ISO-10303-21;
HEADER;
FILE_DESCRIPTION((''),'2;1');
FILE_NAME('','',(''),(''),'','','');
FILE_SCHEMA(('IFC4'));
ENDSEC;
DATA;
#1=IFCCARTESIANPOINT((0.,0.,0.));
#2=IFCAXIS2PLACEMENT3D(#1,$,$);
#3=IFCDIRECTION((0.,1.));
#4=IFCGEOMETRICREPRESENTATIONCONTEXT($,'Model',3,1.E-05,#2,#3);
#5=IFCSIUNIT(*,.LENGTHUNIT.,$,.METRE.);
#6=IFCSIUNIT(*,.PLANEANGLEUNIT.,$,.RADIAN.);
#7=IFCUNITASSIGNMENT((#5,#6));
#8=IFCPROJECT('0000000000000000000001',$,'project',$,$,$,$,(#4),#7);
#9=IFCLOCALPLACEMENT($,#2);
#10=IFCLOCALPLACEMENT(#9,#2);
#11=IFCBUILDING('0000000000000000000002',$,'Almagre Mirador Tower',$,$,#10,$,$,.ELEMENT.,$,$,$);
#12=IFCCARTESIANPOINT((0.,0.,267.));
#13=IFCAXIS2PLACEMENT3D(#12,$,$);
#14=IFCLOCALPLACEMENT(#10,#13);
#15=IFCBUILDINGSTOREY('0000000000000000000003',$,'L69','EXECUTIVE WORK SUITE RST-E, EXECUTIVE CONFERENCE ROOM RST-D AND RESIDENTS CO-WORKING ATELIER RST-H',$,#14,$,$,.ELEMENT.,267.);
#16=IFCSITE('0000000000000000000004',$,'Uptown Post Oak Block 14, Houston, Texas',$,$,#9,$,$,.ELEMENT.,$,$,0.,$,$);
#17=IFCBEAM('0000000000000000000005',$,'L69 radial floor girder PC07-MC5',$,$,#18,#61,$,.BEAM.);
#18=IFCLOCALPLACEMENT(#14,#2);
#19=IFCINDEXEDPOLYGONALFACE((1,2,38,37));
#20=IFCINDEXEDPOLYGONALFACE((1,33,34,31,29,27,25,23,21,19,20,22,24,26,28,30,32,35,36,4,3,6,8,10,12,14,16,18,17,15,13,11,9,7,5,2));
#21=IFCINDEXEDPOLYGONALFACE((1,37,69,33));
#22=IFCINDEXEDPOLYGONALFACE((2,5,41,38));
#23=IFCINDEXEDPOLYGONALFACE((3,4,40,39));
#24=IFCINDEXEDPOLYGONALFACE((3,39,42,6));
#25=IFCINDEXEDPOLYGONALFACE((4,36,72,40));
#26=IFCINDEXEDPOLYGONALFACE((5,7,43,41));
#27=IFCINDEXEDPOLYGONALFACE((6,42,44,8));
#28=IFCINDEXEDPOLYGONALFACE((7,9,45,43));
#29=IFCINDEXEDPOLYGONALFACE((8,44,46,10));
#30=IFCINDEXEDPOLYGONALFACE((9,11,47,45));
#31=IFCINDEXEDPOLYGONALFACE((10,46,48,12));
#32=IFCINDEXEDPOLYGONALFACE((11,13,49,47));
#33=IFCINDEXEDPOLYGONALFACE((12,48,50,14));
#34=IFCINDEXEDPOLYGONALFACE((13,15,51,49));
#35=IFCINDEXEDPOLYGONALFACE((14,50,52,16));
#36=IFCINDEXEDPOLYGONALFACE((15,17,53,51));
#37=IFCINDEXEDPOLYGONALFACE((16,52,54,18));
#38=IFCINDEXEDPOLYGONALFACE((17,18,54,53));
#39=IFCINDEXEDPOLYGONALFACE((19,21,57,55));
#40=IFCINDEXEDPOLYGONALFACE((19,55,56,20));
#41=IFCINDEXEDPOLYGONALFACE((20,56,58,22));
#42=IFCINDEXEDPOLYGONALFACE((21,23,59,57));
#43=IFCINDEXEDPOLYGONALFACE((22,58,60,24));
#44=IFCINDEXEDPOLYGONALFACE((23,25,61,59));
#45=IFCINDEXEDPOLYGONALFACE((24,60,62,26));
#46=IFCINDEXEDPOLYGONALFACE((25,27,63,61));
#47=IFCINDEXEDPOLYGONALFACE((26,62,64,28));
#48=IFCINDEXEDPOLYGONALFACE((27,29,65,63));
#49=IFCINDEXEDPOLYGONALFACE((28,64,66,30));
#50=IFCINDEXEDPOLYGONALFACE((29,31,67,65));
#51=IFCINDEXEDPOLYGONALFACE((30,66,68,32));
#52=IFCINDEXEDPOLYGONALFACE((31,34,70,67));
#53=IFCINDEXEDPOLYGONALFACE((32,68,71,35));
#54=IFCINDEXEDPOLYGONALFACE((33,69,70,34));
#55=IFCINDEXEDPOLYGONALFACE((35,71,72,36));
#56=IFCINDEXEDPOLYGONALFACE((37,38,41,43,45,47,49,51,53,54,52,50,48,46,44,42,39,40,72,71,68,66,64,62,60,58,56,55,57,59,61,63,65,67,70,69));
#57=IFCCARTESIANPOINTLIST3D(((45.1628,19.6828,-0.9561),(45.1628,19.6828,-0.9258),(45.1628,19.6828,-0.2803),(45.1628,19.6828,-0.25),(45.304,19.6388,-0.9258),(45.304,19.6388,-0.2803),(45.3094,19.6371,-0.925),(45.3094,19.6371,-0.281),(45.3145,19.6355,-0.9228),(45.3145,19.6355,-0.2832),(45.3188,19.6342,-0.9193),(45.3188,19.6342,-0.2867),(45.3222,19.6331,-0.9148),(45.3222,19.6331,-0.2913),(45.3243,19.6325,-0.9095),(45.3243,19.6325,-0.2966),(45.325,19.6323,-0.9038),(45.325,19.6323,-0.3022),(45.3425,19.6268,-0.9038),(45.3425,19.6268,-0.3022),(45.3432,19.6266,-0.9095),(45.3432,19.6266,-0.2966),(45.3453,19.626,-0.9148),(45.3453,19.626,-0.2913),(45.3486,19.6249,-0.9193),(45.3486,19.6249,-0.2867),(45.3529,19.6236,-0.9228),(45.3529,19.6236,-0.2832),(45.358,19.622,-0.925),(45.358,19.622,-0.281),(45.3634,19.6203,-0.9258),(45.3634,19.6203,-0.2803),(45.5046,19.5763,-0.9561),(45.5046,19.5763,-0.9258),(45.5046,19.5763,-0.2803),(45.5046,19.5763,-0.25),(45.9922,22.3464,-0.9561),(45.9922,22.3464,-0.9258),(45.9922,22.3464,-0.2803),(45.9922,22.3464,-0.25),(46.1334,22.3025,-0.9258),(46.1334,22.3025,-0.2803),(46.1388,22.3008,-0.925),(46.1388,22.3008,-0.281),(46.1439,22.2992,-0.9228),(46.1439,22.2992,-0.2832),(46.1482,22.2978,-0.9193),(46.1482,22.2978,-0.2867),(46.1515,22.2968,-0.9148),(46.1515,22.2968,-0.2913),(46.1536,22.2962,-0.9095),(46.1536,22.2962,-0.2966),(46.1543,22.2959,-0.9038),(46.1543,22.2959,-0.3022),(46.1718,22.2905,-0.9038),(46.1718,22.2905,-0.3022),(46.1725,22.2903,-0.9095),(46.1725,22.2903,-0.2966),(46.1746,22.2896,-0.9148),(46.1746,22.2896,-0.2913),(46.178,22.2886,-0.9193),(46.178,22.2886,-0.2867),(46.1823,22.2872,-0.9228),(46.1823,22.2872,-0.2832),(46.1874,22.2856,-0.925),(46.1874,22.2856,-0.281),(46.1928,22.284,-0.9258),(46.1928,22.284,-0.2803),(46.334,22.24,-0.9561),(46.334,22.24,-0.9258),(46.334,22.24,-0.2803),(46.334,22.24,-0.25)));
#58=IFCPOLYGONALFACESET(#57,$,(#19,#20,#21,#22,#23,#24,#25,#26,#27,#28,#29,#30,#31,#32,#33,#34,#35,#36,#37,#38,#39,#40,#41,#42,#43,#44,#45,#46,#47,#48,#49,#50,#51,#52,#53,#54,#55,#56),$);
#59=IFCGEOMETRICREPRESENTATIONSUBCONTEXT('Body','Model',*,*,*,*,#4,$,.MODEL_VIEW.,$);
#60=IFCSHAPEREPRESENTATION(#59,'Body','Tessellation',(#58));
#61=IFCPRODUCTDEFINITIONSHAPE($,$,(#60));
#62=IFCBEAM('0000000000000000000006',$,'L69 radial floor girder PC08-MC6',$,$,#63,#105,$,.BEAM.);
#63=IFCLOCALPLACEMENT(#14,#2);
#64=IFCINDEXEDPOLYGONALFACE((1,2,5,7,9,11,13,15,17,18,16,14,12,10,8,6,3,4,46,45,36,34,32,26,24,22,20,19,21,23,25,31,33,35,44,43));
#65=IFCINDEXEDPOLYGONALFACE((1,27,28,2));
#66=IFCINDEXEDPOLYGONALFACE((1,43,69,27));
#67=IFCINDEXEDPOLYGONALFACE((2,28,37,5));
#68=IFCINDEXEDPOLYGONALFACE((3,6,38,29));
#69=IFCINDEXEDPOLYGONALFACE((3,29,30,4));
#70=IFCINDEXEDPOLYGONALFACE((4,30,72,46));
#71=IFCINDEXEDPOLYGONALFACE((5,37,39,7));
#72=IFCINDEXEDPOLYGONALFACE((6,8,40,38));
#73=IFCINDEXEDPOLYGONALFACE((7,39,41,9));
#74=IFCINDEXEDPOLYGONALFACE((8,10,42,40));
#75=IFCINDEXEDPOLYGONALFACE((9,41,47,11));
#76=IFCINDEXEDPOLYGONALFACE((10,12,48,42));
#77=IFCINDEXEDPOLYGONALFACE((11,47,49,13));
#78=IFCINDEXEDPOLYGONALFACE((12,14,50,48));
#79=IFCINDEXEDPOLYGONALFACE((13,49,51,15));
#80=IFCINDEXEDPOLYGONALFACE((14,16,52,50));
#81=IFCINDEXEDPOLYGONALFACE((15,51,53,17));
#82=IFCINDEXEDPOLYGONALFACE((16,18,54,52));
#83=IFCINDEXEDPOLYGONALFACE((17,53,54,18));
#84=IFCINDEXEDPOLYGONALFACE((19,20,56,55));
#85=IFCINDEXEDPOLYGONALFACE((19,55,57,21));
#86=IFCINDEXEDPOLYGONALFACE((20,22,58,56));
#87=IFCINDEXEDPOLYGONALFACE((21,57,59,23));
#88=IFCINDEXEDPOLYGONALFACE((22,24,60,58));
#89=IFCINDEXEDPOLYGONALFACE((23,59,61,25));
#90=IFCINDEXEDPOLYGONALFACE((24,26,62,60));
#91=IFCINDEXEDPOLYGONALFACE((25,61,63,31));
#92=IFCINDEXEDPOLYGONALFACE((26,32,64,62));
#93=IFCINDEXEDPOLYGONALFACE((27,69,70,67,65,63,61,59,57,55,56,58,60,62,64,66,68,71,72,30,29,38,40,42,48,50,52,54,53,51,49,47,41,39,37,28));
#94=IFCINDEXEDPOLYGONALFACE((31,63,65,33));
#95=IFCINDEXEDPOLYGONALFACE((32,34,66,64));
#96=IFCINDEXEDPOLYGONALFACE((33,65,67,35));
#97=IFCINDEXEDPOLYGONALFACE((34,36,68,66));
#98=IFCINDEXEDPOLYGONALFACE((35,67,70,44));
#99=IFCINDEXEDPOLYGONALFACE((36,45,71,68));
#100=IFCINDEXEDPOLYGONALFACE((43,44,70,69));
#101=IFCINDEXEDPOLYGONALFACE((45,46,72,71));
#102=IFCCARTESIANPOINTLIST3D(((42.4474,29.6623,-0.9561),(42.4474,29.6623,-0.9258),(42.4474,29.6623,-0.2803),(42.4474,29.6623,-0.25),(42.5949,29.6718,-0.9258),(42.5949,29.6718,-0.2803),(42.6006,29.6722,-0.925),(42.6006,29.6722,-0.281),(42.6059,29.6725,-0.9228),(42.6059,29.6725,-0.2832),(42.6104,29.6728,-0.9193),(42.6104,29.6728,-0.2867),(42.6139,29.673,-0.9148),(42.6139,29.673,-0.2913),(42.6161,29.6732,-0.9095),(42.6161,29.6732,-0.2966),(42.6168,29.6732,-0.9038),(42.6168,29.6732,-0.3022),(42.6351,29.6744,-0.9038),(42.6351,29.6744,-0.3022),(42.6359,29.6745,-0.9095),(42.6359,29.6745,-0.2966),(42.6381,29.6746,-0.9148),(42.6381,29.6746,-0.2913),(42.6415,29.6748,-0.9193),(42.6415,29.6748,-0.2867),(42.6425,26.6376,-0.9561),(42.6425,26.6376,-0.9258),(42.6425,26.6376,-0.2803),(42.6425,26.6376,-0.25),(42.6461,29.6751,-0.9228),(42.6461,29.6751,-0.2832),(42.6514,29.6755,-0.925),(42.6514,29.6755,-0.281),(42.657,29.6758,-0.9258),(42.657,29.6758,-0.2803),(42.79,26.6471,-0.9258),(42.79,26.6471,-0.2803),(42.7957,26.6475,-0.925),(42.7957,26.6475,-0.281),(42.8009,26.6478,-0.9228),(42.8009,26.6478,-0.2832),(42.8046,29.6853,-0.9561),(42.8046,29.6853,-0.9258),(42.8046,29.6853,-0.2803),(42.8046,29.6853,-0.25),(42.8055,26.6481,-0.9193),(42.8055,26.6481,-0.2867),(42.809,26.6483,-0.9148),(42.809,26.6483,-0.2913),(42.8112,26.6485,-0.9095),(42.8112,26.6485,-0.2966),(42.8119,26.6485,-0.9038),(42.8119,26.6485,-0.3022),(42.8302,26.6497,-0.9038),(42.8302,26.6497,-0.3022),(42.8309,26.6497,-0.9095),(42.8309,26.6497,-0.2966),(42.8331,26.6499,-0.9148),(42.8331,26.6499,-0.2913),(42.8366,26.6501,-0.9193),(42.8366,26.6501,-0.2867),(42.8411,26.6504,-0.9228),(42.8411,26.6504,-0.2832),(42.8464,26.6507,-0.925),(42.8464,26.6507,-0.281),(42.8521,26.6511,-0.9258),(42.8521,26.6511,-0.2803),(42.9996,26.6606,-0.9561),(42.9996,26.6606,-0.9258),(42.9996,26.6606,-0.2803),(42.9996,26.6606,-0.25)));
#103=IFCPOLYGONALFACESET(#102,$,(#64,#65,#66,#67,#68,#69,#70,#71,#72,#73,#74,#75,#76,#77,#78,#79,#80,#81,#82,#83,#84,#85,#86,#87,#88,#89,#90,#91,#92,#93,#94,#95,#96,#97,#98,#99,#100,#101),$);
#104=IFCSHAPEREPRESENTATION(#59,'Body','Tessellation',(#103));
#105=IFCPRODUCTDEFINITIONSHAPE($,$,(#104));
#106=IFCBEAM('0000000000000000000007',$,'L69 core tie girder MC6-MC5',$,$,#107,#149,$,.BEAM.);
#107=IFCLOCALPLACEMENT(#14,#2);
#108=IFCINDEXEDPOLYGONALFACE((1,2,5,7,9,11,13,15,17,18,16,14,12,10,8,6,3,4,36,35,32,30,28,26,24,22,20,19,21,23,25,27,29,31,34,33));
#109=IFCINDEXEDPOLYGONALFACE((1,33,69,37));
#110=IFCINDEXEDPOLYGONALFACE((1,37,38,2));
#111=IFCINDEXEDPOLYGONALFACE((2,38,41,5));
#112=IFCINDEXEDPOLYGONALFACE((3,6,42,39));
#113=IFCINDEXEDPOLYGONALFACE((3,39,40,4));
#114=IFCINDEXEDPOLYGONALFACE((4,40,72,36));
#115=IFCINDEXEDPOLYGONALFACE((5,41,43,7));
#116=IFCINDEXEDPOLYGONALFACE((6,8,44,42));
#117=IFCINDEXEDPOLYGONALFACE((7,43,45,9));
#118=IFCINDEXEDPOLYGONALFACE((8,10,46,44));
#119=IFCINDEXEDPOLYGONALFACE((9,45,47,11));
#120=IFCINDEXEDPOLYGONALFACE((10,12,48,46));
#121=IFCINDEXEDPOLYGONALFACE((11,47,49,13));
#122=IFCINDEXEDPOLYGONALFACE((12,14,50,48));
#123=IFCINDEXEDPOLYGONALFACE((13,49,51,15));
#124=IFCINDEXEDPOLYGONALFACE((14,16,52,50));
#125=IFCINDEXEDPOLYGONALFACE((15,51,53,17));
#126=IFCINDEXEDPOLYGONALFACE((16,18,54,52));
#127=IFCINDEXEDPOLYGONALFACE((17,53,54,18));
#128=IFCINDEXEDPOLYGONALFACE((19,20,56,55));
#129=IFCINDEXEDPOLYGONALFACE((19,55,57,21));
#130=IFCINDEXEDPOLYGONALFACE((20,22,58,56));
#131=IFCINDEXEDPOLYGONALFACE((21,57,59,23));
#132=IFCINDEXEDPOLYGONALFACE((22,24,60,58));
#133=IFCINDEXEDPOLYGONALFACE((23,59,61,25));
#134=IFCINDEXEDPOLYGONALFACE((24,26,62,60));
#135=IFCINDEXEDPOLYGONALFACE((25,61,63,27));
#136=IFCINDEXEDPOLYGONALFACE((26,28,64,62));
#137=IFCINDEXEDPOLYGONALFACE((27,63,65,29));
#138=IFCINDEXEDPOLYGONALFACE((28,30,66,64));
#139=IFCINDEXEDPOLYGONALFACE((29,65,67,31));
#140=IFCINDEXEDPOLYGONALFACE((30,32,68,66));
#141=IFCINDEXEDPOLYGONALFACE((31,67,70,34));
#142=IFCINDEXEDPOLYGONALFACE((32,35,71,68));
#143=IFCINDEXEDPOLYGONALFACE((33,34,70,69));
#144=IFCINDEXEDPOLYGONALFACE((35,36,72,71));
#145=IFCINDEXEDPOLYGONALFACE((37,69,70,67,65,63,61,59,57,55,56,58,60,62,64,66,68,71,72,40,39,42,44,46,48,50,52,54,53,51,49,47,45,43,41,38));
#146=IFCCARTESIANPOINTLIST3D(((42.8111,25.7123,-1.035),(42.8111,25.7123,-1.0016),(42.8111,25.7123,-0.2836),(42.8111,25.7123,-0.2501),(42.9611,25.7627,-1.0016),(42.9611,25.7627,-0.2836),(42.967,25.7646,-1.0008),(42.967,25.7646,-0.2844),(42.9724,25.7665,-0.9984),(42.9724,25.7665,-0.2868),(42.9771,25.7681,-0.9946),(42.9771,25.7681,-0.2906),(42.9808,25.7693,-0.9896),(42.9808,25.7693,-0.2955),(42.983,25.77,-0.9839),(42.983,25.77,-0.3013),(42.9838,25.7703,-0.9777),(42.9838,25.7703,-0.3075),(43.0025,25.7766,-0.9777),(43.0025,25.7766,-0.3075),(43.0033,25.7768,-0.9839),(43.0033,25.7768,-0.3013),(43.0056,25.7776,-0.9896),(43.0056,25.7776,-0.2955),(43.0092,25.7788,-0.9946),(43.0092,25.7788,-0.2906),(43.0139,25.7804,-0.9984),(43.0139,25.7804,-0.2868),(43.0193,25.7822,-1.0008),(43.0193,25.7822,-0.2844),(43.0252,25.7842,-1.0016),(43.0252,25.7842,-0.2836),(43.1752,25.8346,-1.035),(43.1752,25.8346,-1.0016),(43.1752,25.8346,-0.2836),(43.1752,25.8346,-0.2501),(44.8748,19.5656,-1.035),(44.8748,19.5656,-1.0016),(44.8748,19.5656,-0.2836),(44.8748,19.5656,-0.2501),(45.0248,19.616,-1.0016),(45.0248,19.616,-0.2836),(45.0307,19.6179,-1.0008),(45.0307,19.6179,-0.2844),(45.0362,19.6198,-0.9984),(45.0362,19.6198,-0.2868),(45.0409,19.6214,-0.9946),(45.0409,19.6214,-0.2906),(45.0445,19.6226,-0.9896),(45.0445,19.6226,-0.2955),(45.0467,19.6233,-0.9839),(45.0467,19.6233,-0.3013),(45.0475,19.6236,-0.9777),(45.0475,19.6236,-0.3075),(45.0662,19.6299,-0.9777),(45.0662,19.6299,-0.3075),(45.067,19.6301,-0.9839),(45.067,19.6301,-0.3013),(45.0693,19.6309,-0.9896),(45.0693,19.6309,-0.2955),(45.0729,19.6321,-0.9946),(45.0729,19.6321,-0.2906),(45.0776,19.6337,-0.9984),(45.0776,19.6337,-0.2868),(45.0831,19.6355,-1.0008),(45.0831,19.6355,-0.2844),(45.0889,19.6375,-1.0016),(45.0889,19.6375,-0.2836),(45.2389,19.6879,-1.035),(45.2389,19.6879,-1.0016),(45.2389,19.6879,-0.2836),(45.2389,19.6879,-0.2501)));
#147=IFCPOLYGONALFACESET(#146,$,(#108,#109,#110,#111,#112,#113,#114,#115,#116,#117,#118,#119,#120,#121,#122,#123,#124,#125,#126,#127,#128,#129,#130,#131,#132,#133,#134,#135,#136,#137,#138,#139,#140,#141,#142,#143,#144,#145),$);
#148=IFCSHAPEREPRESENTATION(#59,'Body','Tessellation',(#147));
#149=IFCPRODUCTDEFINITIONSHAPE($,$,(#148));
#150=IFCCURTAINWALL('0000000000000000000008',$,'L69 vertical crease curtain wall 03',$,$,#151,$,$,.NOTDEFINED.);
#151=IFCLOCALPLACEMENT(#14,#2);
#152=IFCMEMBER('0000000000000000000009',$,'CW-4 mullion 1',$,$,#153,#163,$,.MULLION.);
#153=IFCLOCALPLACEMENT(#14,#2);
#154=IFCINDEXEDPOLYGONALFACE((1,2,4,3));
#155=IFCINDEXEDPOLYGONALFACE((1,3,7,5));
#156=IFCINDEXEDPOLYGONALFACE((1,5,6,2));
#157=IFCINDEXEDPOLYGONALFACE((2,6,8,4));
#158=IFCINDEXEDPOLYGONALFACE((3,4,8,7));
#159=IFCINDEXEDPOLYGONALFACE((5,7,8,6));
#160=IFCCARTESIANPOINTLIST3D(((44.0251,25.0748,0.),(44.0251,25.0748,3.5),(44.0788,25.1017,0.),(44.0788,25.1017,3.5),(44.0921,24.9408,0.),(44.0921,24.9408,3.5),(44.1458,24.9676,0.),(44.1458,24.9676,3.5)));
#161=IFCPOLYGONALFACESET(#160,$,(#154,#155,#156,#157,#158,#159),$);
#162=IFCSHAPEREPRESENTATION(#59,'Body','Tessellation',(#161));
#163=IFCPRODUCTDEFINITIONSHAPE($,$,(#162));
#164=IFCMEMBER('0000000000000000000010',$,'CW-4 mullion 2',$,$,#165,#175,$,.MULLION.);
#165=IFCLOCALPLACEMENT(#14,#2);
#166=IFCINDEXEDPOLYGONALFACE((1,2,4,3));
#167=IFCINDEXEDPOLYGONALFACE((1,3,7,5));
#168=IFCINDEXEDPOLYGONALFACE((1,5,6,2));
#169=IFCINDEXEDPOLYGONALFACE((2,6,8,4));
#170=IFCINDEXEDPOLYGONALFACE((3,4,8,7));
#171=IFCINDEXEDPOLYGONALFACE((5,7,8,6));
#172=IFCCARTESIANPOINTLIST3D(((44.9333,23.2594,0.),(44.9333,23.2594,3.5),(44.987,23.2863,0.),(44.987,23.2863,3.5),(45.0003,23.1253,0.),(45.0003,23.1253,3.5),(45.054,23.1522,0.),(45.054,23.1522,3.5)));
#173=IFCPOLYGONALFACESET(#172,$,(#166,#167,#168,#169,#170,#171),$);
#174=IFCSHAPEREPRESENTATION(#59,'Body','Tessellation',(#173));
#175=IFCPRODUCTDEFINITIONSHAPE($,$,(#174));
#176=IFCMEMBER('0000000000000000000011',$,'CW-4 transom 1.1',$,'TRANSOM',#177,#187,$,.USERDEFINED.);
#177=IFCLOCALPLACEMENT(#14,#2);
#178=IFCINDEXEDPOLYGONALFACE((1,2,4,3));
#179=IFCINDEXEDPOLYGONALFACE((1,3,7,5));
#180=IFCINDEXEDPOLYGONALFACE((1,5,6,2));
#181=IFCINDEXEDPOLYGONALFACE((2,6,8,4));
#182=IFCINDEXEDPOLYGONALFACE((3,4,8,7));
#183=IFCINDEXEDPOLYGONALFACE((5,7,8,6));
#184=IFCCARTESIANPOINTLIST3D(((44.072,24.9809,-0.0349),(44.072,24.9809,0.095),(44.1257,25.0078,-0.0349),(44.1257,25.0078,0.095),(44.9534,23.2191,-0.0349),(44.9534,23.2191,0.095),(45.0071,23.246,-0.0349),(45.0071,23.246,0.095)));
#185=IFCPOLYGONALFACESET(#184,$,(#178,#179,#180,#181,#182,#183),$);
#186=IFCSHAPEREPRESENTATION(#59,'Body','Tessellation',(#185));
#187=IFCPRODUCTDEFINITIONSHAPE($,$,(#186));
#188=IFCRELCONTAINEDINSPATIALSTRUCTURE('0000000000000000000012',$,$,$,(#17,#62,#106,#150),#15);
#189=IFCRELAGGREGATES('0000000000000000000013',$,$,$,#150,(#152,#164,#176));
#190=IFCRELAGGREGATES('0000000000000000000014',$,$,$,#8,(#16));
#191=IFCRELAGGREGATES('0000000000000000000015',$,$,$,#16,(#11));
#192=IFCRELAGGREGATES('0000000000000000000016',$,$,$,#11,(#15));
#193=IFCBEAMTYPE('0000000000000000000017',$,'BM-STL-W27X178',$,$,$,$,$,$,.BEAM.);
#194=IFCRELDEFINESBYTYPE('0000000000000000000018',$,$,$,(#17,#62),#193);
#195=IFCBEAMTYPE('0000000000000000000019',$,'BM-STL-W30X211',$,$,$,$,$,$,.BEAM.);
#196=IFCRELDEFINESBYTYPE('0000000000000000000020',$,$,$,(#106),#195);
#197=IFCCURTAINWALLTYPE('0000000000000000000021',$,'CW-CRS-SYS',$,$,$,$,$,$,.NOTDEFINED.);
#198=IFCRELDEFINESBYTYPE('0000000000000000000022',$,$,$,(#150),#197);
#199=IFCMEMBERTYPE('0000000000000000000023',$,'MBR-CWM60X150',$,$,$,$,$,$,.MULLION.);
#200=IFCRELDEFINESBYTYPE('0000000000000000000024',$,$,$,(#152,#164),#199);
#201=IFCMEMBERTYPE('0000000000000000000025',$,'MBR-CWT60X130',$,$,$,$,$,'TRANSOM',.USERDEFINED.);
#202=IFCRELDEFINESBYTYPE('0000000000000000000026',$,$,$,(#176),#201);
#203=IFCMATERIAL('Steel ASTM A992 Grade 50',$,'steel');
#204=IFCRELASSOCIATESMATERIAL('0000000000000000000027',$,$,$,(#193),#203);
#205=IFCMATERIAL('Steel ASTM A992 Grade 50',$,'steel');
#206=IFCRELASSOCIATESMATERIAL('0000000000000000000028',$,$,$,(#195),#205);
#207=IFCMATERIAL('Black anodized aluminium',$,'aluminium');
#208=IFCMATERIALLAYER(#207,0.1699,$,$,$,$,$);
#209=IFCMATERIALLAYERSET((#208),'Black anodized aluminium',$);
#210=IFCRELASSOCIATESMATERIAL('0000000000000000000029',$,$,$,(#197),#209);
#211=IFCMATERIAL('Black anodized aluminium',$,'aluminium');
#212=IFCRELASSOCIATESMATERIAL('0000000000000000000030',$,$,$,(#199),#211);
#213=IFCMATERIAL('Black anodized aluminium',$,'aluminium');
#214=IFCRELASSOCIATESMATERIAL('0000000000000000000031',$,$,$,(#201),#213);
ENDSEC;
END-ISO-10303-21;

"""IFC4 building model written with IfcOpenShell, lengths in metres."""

from ifc_helpers import new_model, si_unit, direction, frame, origin, origin_2d, place, context, subcontext, project, spatial, rectangle, i_section, extrude, material, layer, layer_set, material_profile, profile_set, type_object, element, aggregate, save


model = new_model("IFC4")

# Units and contexts
model_context = context("Model", 3, precision=1e-05, world=origin(), true_north=direction((0.0, 1.0)))
body_context = subcontext(model_context, "Body", "Model", "MODEL_VIEW")
ifc_project = project(units=[si_unit("LENGTHUNIT", "METRE"), si_unit("PLANEANGLEUNIT", "RADIAN")], contexts=[model_context])

# Site, building, storey
site_placement = place(None, origin())
site = spatial("IfcSite", under=ifc_project, at=site_placement, Name="Uptown Post Oak Block 14, Houston, Texas", CompositionType="ELEMENT", RefElevation=0.0)
building_placement = place(site_placement, origin())
building = spatial("IfcBuilding", under=site, at=building_placement, Name="Almagre Mirador Tower", CompositionType="ELEMENT")
storey_placement = place(building_placement, frame((0.0, 0.0, 267.0)))
storey = spatial("IfcBuildingStorey", under=building, at=storey_placement, Name="L69", Description="EXECUTIVE WORK SUITE RST-E, EXECUTIVE CONFERENCE ROOM RST-D AND RESIDENTS CO-WORKING ATELIER RST-H", CompositionType="ELEMENT", Elevation=267.0)

# Beams
ifc_material_1 = material(Name="Steel ASTM A992 Grade 50", Category="steel")
ifc_material_profile_1 = material_profile(ifc_material_1, i_section(OverallWidth=0.3579, OverallDepth=0.7061, WebThickness=0.0183, FlangeThickness=0.0303, FilletRadius=0.022, at=origin_2d()), Name="W27X178")
ifc_profile_set_1 = profile_set([ifc_material_profile_1], Name="Steel ASTM A992 Grade 50")
beam_type_1 = type_object("IfcBeamType", Name="BM-STL-W27X178", PredefinedType="BEAM", material=ifc_profile_set_1)
beam_1_placement = place(storey_placement, frame((46.1631, 22.2932, -0.603), z_axis=(-0.297288, -0.954788, 0.0), x_axis=(0.954788, -0.297288, 0.0)))
element("IfcBeam", 1, at=beam_1_placement, inside=storey, type_object=beam_type_1, Name="L69 radial floor girder PC07-MC5", PredefinedType="BEAM", context=body_context, shape_type="SweptSolid", body=[
    extrude(i_section(OverallWidth=0.3579, OverallDepth=0.7061, WebThickness=0.0183, FlangeThickness=0.0303, FilletRadius=0.022, at=origin_2d()), origin(), (0.0, 0.0, 1.0), 2.7898),
])
beam_2_placement = place(storey_placement, frame((42.626, 29.6738, -0.603), z_axis=(0.064359, -0.997927, 0.0), x_axis=(0.997927, 0.064359, 0.0)))
element("IfcBeam", 2, at=beam_2_placement, inside=storey, type_object=beam_type_1, Name="L69 radial floor girder PC08-MC6", PredefinedType="BEAM", context=body_context, shape_type="SweptSolid", body=[
    extrude(i_section(OverallWidth=0.3579, OverallDepth=0.7061, WebThickness=0.0183, FlangeThickness=0.0303, FilletRadius=0.022, at=origin_2d()), origin(), (0.0, 0.0, 1.0), 3.031),
])
ifc_material_2 = material(Name="Steel ASTM A992 Grade 50", Category="steel")
ifc_material_profile_2 = material_profile(ifc_material_2, i_section(OverallWidth=0.384, OverallDepth=0.7849, WebThickness=0.0198, FlangeThickness=0.0334, FilletRadius=0.0239, at=origin_2d()), Name="W30X211")
ifc_profile_set_2 = profile_set([ifc_material_profile_2], Name="Steel ASTM A992 Grade 50")
beam_type_2 = type_object("IfcBeamType", Name="BM-STL-W30X211", PredefinedType="BEAM", material=ifc_profile_set_2)
beam_3_placement = place(storey_placement, frame((42.9932, 25.7734, -0.6426), z_axis=(0.318283, -0.947996, 0.0), x_axis=(0.947996, 0.318283, 0.0)))
element("IfcBeam", 3, at=beam_3_placement, inside=storey, type_object=beam_type_2, Name="L69 core tie girder MC6-MC5", PredefinedType="BEAM", context=body_context, shape_type="SweptSolid", body=[
    extrude(i_section(OverallWidth=0.384, OverallDepth=0.7849, WebThickness=0.0198, FlangeThickness=0.0334, FilletRadius=0.0239, at=origin_2d()), origin(), (0.0, 0.0, 1.0), 6.4839),
])

# Curtain wall, members
ifc_material_3 = material(Name="Black anodized aluminium", Category="aluminium")
ifc_layer_1 = layer(ifc_material_3, 0.1699)
ifc_layer_set_1 = layer_set([ifc_layer_1], Name="Black anodized aluminium")
curtain_wall_type = type_object("IfcCurtainWallType", Name="CW-CRS-SYS", PredefinedType="NOTDEFINED", material=ifc_layer_set_1)
curtain_wall_placement = place(storey_placement, origin())
curtain_wall = element("IfcCurtainWall", 4, at=curtain_wall_placement, inside=storey, type_object=curtain_wall_type, Name="L69 vertical crease curtain wall 03", PredefinedType="NOTDEFINED")
ifc_material_4 = material(Name="Black anodized aluminium", Category="aluminium")
ifc_material_profile_3 = material_profile(ifc_material_4, rectangle(XDim=0.0601, YDim=0.1499, at=origin_2d()), Name="CWM60X150")
ifc_profile_set_3 = profile_set([ifc_material_profile_3], Name="Black anodized aluminium")
member_type_1 = type_object("IfcMemberType", Name="MBR-CWM60X150", PredefinedType="MULLION", material=ifc_profile_set_3)
member_1_placement = place(storey_placement, frame((44.0854, 25.0212, 0.0), z_axis=(0.0, 0.0, 1.0), x_axis=(0.894331, 0.447405, 0.0)))
member_1 = element("IfcMember", 5, at=member_1_placement, type_object=member_type_1, Name="CW-4 mullion 1", PredefinedType="MULLION", context=body_context, shape_type="SweptSolid", body=[
    extrude(rectangle(XDim=0.0601, YDim=0.1499, at=origin_2d()), origin(), (0.0, 0.0, 1.0), 3.5),
])
member_2_placement = place(storey_placement, frame((44.9937, 23.2058, 0.0), z_axis=(0.0, 0.0, 1.0), x_axis=(0.894331, 0.447405, 0.0)))
member_2 = element("IfcMember", 6, at=member_2_placement, type_object=member_type_1, Name="CW-4 mullion 2", PredefinedType="MULLION", context=body_context, shape_type="SweptSolid", body=[
    extrude(rectangle(XDim=0.0601, YDim=0.1499, at=origin_2d()), origin(), (0.0, 0.0, 1.0), 3.5),
])
ifc_material_5 = material(Name="Black anodized aluminium", Category="aluminium")
ifc_material_profile_4 = material_profile(ifc_material_5, rectangle(XDim=0.0601, YDim=0.1299, at=origin_2d()), Name="CWT60X130")
ifc_profile_set_4 = profile_set([ifc_material_profile_4], Name="Black anodized aluminium")
member_type_2 = type_object("IfcMemberType", Name="MBR-CWT60X130", ElementType="TRANSOM", PredefinedType="USERDEFINED", material=ifc_profile_set_4)
member_3_placement = place(storey_placement, frame((44.0989, 24.9944, 0.03), z_axis=(0.447412, -0.894328, 0.0), x_axis=(0.894328, 0.447412, 0.0)))
member_3 = element("IfcMember", 7, at=member_3_placement, type_object=member_type_2, Name="CW-4 transom 1.1", ObjectType="TRANSOM", PredefinedType="USERDEFINED", context=body_context, shape_type="SweptSolid", body=[
    extrude(rectangle(XDim=0.0601, YDim=0.1299, at=origin_2d()), origin(), (0.0, 0.0, 1.0), 1.97),
])
aggregate(curtain_wall, [member_1, member_2, member_3])

save(model, "model.ifc")
